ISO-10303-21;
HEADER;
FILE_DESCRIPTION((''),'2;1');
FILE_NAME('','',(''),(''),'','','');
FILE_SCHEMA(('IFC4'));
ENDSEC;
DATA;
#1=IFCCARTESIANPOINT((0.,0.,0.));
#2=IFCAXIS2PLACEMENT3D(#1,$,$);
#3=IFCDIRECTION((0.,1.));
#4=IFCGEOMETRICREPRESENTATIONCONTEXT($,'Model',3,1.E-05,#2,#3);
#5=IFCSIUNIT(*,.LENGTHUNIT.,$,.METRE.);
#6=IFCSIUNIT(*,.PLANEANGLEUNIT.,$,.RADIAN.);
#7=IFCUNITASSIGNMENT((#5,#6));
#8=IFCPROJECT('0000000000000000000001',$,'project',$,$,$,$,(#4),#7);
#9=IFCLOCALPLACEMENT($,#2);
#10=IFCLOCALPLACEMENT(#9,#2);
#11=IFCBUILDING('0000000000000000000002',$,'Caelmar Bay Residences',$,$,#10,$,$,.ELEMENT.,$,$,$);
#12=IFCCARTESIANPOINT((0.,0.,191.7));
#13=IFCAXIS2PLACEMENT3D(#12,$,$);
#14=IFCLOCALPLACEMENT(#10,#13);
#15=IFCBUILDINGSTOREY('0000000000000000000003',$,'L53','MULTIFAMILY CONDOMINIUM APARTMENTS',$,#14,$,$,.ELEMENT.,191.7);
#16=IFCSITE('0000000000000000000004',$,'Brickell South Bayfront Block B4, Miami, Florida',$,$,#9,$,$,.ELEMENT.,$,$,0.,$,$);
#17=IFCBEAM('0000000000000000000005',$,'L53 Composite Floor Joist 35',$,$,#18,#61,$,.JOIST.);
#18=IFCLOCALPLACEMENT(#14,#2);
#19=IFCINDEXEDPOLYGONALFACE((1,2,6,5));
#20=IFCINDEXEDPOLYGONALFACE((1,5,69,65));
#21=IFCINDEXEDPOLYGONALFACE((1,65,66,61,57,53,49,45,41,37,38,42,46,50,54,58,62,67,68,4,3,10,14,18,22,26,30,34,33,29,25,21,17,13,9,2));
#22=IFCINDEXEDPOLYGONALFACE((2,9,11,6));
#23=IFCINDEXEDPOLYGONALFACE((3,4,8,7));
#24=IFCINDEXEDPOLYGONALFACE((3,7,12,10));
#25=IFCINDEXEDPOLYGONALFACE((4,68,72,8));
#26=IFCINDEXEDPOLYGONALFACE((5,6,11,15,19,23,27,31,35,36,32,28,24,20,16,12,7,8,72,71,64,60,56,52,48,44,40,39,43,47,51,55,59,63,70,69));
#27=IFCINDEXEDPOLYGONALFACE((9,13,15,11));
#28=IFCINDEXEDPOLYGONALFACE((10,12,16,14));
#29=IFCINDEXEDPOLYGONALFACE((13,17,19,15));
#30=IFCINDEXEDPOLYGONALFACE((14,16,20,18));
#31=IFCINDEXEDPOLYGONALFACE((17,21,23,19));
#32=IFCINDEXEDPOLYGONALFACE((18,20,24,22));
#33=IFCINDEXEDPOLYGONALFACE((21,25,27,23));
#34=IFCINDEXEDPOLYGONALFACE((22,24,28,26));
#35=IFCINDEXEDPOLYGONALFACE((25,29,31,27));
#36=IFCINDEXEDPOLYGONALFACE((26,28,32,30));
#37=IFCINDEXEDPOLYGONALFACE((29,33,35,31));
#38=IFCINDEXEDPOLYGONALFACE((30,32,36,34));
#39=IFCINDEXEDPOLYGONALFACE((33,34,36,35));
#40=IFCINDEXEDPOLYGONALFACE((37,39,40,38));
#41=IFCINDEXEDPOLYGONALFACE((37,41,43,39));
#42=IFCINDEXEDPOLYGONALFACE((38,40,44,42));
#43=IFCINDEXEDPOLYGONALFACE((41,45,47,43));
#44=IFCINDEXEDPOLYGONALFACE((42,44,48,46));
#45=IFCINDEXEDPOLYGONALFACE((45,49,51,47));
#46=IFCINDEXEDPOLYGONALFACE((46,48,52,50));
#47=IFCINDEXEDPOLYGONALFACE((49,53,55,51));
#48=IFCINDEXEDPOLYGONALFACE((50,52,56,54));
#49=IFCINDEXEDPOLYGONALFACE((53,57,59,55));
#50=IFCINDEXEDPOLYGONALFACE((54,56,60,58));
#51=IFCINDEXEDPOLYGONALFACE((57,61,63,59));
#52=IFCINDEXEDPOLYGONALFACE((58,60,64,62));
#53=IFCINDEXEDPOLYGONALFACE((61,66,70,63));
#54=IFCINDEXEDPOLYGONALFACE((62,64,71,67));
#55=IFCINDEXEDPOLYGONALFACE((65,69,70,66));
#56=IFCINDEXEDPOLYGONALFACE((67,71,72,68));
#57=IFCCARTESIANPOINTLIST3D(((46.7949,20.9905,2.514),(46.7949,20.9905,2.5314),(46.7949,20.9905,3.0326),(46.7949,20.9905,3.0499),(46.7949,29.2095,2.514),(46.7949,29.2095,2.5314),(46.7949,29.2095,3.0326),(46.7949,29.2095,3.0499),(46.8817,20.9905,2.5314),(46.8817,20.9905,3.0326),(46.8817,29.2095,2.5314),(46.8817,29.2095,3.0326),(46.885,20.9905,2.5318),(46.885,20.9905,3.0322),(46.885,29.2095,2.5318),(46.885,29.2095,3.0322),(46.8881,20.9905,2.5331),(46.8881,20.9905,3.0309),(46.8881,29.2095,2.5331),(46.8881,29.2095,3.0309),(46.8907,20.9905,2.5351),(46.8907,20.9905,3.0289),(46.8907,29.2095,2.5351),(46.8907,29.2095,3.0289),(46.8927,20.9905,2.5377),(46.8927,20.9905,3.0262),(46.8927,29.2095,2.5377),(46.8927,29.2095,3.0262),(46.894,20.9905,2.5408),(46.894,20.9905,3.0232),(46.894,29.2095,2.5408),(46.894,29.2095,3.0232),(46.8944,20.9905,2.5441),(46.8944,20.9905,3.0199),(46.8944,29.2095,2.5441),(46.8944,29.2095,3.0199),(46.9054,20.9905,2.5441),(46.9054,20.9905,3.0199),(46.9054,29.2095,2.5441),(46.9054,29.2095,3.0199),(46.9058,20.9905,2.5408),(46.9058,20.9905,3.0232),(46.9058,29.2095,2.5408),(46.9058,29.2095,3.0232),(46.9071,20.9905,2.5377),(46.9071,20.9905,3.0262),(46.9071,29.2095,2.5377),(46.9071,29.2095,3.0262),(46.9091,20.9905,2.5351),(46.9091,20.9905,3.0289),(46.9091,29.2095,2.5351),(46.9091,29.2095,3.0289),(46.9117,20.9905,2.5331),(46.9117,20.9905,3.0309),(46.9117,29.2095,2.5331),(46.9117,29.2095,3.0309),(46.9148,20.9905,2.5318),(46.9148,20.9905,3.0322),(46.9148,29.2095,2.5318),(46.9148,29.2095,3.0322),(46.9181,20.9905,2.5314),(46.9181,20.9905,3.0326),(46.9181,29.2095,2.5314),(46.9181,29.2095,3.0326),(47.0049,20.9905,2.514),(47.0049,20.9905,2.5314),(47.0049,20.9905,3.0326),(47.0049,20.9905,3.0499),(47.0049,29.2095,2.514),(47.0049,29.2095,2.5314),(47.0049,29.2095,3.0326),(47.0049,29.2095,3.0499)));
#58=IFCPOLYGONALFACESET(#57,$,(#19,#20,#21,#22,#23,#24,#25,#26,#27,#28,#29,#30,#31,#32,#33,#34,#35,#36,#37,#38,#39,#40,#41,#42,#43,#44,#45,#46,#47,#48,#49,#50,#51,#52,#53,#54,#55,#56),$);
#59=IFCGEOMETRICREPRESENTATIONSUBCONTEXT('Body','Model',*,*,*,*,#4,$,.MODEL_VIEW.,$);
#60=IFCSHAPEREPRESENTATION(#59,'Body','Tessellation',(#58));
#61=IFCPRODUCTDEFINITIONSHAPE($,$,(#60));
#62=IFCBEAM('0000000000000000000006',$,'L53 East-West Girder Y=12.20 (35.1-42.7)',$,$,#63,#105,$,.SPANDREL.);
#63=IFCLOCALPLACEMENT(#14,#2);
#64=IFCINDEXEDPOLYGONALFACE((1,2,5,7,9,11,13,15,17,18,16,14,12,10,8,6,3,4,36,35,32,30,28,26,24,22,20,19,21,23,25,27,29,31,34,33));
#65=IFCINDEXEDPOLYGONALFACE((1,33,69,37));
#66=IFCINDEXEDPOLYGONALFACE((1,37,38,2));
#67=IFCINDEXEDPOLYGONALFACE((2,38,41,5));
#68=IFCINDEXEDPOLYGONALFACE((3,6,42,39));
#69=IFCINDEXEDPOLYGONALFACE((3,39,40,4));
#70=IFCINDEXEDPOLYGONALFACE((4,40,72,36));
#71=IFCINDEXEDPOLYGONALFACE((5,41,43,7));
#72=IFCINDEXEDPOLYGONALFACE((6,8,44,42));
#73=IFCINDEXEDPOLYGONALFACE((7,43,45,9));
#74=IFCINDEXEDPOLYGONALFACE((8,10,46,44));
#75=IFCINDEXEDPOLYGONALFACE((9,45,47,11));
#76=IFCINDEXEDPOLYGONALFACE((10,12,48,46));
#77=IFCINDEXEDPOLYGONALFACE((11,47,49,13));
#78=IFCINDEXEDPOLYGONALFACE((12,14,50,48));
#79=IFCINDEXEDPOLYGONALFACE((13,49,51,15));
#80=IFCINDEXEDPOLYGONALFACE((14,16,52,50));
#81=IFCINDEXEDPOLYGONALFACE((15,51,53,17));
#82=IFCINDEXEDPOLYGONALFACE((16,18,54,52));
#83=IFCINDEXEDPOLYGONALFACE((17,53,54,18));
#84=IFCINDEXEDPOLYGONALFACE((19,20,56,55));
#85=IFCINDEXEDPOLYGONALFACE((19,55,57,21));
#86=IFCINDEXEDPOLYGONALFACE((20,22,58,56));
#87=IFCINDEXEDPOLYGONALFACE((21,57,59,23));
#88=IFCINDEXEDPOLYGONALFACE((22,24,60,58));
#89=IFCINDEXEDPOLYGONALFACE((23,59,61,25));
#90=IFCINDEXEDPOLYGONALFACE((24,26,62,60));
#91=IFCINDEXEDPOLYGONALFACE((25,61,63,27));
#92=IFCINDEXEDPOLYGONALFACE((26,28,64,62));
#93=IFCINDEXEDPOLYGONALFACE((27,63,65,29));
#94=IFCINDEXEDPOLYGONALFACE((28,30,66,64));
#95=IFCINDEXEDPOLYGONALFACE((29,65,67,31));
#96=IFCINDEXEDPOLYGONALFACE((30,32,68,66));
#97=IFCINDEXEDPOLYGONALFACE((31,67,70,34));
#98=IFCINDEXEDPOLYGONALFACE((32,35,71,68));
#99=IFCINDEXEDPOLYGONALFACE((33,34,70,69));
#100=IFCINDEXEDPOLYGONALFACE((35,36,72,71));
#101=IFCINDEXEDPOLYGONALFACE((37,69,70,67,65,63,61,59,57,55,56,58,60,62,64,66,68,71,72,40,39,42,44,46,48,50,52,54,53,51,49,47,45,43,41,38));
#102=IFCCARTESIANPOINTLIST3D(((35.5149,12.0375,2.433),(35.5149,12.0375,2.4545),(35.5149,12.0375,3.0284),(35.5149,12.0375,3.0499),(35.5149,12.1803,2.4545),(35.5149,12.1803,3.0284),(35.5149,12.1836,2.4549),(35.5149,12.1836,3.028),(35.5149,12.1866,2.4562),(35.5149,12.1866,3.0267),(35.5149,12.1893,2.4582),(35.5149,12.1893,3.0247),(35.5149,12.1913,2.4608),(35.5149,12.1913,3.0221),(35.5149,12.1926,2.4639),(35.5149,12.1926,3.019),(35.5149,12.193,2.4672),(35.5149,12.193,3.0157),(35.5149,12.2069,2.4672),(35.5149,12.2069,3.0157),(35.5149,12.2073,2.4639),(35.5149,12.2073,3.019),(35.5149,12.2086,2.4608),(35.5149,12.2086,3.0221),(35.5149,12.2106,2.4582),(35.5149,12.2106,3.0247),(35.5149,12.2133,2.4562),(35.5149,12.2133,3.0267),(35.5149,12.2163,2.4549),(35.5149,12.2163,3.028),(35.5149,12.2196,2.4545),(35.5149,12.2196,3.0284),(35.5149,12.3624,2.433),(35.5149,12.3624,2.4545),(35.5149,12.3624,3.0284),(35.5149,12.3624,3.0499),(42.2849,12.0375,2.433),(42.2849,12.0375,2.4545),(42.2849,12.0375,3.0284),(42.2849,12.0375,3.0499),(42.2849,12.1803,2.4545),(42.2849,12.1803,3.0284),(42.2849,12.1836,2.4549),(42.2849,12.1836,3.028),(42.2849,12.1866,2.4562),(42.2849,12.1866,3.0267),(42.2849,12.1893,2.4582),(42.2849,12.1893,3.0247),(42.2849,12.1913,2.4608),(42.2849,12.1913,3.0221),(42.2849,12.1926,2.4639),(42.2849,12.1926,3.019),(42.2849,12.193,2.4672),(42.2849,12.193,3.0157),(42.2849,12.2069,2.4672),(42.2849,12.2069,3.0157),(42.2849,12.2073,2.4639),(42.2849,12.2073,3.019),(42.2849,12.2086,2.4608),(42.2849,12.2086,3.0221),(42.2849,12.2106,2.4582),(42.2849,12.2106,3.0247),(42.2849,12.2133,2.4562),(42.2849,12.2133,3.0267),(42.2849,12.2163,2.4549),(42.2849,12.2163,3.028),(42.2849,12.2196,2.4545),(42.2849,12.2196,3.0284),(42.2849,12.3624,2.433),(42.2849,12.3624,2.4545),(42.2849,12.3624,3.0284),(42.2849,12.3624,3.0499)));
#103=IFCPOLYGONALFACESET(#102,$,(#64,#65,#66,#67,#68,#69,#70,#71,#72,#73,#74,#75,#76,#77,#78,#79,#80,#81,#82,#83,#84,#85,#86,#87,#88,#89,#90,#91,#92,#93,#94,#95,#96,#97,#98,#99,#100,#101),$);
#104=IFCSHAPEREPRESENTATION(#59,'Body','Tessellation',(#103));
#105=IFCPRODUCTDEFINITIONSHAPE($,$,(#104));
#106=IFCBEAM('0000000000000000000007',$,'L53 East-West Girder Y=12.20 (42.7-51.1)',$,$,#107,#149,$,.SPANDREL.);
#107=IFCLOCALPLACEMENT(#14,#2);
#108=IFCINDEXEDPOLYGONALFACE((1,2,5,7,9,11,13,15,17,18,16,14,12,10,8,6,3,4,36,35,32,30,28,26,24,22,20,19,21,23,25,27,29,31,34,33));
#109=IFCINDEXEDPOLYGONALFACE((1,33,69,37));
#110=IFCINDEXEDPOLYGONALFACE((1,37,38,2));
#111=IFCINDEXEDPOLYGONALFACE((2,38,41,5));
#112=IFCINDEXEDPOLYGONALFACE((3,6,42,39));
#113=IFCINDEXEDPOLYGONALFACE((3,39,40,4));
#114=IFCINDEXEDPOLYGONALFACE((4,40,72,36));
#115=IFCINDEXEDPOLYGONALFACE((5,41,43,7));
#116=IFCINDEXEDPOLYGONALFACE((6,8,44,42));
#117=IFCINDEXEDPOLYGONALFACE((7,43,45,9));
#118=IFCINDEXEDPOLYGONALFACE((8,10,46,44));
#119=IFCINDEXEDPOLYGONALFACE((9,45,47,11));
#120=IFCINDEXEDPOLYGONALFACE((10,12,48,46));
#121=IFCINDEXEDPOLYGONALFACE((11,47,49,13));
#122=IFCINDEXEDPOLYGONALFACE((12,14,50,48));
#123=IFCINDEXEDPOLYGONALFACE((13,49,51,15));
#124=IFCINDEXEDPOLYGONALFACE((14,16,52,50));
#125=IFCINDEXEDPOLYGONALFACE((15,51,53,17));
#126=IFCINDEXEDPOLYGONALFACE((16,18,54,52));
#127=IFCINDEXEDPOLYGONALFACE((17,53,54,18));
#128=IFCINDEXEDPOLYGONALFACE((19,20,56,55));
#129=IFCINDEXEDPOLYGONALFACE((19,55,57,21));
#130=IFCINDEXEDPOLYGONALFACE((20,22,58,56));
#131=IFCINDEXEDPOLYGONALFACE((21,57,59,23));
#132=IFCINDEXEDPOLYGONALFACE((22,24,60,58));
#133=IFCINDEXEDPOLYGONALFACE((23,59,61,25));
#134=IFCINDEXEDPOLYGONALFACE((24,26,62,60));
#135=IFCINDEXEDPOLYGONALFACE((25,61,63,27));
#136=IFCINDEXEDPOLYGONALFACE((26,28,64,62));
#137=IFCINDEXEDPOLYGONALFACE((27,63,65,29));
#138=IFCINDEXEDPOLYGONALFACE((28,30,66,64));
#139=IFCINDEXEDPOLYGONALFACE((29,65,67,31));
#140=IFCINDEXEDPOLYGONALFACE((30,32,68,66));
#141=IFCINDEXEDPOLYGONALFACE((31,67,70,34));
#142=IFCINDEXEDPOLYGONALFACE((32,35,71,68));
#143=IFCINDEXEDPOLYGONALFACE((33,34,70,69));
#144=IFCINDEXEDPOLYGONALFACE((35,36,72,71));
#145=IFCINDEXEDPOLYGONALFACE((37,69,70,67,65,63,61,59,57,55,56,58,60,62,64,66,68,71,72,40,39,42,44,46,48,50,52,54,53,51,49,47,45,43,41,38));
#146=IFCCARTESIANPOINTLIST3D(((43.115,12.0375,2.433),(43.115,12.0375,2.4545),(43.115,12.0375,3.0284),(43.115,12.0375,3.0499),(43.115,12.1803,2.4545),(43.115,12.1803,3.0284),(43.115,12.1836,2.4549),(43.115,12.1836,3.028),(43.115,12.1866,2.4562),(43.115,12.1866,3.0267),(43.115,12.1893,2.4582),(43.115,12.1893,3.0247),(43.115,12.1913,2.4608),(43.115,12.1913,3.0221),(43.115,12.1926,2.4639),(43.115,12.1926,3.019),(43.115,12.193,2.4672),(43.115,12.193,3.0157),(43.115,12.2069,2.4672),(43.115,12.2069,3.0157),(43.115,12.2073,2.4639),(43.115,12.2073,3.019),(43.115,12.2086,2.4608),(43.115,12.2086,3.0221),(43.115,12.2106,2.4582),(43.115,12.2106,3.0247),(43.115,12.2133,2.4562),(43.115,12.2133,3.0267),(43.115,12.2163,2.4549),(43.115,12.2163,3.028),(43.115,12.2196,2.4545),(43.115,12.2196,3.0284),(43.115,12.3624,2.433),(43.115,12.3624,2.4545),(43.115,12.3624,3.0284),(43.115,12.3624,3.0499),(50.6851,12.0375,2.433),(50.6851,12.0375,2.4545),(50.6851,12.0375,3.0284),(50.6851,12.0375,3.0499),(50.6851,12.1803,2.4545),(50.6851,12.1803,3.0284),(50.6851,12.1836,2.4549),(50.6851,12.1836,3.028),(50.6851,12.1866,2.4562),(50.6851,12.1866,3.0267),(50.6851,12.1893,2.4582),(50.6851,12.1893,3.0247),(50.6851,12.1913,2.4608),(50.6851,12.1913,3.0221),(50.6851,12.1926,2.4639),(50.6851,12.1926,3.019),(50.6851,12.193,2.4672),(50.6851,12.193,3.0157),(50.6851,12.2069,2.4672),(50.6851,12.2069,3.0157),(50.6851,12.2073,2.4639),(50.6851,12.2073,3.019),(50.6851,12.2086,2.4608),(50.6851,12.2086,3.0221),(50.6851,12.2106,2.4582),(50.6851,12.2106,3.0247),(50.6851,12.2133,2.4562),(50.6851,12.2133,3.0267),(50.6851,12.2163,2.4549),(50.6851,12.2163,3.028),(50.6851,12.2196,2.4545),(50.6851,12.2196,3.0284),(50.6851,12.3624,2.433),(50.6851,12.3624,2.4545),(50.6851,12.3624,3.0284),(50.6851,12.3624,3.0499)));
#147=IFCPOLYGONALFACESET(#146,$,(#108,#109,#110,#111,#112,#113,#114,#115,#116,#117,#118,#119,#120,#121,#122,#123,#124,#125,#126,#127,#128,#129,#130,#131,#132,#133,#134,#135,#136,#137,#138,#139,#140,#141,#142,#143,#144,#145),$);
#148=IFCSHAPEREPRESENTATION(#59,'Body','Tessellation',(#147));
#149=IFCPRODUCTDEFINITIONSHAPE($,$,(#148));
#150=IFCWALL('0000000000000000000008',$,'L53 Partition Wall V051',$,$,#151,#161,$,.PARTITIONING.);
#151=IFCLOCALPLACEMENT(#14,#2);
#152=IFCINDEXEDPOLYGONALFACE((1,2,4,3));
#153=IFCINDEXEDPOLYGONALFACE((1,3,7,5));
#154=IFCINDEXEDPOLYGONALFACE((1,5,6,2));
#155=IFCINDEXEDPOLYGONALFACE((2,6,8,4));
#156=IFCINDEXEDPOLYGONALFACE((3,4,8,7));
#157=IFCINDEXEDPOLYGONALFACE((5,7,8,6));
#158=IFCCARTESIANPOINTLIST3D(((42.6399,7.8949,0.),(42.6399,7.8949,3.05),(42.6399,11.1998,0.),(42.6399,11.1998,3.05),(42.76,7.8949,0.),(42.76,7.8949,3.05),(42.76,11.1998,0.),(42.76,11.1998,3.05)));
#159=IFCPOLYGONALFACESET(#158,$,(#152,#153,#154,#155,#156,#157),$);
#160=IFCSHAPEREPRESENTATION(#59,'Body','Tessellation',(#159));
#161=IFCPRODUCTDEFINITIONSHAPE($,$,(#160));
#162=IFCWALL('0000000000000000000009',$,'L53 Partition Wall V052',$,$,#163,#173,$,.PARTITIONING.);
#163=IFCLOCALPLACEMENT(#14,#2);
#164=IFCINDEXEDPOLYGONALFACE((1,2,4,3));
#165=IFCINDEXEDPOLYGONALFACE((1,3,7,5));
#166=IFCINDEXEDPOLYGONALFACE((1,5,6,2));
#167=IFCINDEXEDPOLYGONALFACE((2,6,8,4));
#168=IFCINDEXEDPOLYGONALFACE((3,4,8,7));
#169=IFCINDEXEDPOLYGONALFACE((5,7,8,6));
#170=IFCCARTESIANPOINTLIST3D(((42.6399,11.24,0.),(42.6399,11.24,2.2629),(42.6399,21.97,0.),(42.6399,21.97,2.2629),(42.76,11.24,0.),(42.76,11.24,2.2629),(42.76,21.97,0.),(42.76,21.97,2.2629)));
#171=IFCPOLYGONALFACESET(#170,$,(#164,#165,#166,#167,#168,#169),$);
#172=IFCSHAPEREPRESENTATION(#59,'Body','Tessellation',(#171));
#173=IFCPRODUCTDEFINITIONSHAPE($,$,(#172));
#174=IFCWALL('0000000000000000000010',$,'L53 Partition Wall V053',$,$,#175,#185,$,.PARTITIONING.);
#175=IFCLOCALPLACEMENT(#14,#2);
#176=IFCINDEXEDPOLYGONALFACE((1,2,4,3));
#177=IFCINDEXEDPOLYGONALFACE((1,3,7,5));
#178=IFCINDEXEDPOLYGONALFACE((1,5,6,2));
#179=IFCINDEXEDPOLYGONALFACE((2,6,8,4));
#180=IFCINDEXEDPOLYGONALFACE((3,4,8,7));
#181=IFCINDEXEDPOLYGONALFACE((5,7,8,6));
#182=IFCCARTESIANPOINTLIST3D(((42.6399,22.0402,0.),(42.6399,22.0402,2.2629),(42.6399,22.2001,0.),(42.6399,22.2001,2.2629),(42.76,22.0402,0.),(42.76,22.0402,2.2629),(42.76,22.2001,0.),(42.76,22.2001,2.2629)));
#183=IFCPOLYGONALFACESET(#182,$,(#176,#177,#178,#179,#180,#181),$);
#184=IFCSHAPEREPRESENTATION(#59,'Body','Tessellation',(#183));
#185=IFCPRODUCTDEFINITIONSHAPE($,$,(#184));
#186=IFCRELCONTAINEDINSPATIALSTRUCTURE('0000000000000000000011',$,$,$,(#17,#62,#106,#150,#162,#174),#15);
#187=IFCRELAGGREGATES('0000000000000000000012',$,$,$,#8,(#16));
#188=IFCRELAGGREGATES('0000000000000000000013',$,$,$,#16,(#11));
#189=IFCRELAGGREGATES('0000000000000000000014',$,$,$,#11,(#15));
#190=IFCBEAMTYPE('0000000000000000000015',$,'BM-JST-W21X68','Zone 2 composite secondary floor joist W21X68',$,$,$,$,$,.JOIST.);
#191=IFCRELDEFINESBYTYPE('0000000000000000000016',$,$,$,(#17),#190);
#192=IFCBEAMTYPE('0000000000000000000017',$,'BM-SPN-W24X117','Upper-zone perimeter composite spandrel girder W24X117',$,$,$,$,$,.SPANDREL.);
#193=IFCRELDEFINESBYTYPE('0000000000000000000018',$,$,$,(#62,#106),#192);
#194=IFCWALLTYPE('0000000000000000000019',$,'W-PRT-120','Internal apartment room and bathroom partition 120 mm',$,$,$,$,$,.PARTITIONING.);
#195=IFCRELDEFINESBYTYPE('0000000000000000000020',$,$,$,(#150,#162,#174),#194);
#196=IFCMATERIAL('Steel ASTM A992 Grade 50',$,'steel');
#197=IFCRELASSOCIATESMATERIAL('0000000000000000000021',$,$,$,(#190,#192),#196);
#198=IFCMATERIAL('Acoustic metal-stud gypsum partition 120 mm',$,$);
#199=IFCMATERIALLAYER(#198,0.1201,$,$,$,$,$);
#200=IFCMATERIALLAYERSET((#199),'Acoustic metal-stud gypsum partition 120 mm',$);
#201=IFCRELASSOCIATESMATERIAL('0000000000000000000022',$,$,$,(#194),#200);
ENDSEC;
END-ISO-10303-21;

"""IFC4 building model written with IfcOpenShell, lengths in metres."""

from ifc_helpers import new_model, si_unit, direction, frame, frame_2d, origin, origin_2d, place, context, subcontext, project, spatial, rectangle, i_section, extrude, material, layer, layer_set, material_profile, profile_set, type_object, element, save


model = new_model("IFC4")

# Units and contexts
model_context = context("Model", 3, precision=1e-05, world=origin(), true_north=direction((0.0, 1.0)))
body_context = subcontext(model_context, "Body", "Model", "MODEL_VIEW")
ifc_project = project(units=[si_unit("LENGTHUNIT", "METRE"), si_unit("PLANEANGLEUNIT", "RADIAN")], contexts=[model_context])

# Site, building, storey
site_placement = place(None, origin())
site = spatial("IfcSite", under=ifc_project, at=site_placement, Name="Brickell South Bayfront Block B4, Miami, Florida", CompositionType="ELEMENT", RefElevation=0.0)
building_placement = place(site_placement, origin())
building = spatial("IfcBuilding", under=site, at=building_placement, Name="Caelmar Bay Residences", CompositionType="ELEMENT")
storey_placement = place(building_placement, frame((0.0, 0.0, 191.7)))
storey = spatial("IfcBuildingStorey", under=building, at=storey_placement, Name="L53", Description="MULTIFAMILY CONDOMINIUM APARTMENTS", CompositionType="ELEMENT", Elevation=191.7)

# Beams
ifc_material_1 = material(Name="Steel ASTM A992 Grade 50", Category="steel")
ifc_material_profile_1 = material_profile(ifc_material_1, i_section(OverallWidth=0.21, OverallDepth=0.5359, WebThickness=0.011, FlangeThickness=0.0173, FilletRadius=0.0127, at=origin_2d()), Name="W21X68")
ifc_profile_set_1 = profile_set([ifc_material_profile_1], Name="Steel ASTM A992 Grade 50")
beam_type_1 = type_object("IfcBeamType", Name="BM-JST-W21X68", Description="Zone 2 composite secondary floor joist W21X68", PredefinedType="JOIST", material=ifc_profile_set_1)
for number, where, z_axis, x_axis, name in (
    (1, (46.8999, 20.9905, 2.782), (0.0, 1.0, 0.0), (-1.0, 0.0, 0.0), "L53 Composite Floor Joist 35"),
):
    element("IfcBeam", number, at=place(storey_placement, frame(where, z_axis=z_axis, x_axis=x_axis)), inside=storey, type_object=beam_type_1, Name=name, PredefinedType="JOIST", context=body_context, shape_type="SweptSolid", body=[
        extrude(i_section(OverallWidth=0.21, OverallDepth=0.5359, WebThickness=0.011, FlangeThickness=0.0173, FilletRadius=0.0127, at=origin_2d()), origin(), (0.0, 0.0, 1.0), 8.219),
    ])
ifc_material_profile_2 = material_profile(ifc_material_1, i_section(OverallWidth=0.325, OverallDepth=0.6169, WebThickness=0.0139, FlangeThickness=0.0215, FilletRadius=0.0127, at=origin_2d()), Name="W24X117")
ifc_profile_set_2 = profile_set([ifc_material_profile_2], Name="Steel ASTM A992 Grade 50")
beam_type_2 = type_object("IfcBeamType", Name="BM-SPN-W24X117", Description="Upper-zone perimeter composite spandrel girder W24X117", PredefinedType="SPANDREL", material=ifc_profile_set_2)
beam_1_placement = place(storey_placement, frame((35.5149, 12.2, 2.7415), z_axis=(1.0, 0.0, 0.0), x_axis=(0.0, 1.0, 0.0)))
element("IfcBeam", 2, at=beam_1_placement, inside=storey, type_object=beam_type_2, Name="L53 East-West Girder Y=12.20 (35.1-42.7)", PredefinedType="SPANDREL", context=body_context, shape_type="SweptSolid", body=[
    extrude(i_section(OverallWidth=0.325, OverallDepth=0.6169, WebThickness=0.0139, FlangeThickness=0.0215, FilletRadius=0.0127, at=origin_2d()), origin(), (0.0, 0.0, 1.0), 6.77),
])
beam_2_placement = place(storey_placement, frame((43.115, 12.2, 2.7415), z_axis=(1.0, 0.0, 0.0), x_axis=(0.0, 1.0, 0.0)))
element("IfcBeam", 3, at=beam_2_placement, inside=storey, type_object=beam_type_2, Name="L53 East-West Girder Y=12.20 (42.7-51.1)", PredefinedType="SPANDREL", context=body_context, shape_type="SweptSolid", body=[
    extrude(i_section(OverallWidth=0.325, OverallDepth=0.6169, WebThickness=0.0139, FlangeThickness=0.0215, FilletRadius=0.0127, at=origin_2d()), origin(), (0.0, 0.0, 1.0), 7.5701),
])

# Walls
ifc_material_2 = material(Name="Acoustic metal-stud gypsum partition 120 mm")
ifc_layer_1 = layer(ifc_material_2, 0.1201)
ifc_layer_set_1 = layer_set([ifc_layer_1], Name="Acoustic metal-stud gypsum partition 120 mm")
wall_type_1 = type_object("IfcWallType", Name="W-PRT-120", Description="Internal apartment room and bathroom partition 120 mm", PredefinedType="PARTITIONING", material=ifc_layer_set_1)
wall_1_placement = place(storey_placement, frame((42.7, 7.895, 0.0), z_axis=(0.0, 0.0, 1.0), x_axis=(0.0, 1.0, 0.0)))
element("IfcWall", 4, at=wall_1_placement, inside=storey, type_object=wall_type_1, Name="L53 Partition Wall V051", PredefinedType="PARTITIONING", context=body_context, shape_type="SweptSolid", body=[
    extrude(rectangle(XDim=3.3049, YDim=0.1201, at=frame_2d((1.6523, 0.0))), origin(), (0.0, 0.0, 1.0), 3.05),
])
wall_2_placement = place(storey_placement, frame((42.7, 11.24, 0.0), z_axis=(0.0, 0.0, 1.0), x_axis=(0.0, 1.0, 0.0)))
element("IfcWall", 5, at=wall_2_placement, inside=storey, type_object=wall_type_1, Name="L53 Partition Wall V052", PredefinedType="PARTITIONING", context=body_context, shape_type="SweptSolid", body=[
    extrude(rectangle(XDim=10.73, YDim=0.1201, at=frame_2d((5.365, 0.0))), origin(), (0.0, 0.0, 1.0), 2.2629),
])
wall_3_placement = place(storey_placement, frame((42.7, 22.04, 0.0), z_axis=(0.0, 0.0, 1.0), x_axis=(0.0, 1.0, 0.0)))
element("IfcWall", 6, at=wall_3_placement, inside=storey, type_object=wall_type_1, Name="L53 Partition Wall V053", PredefinedType="PARTITIONING", context=body_context, shape_type="SweptSolid", body=[
    extrude(rectangle(XDim=0.1599, YDim=0.1201, at=frame_2d((0.0801, 0.0))), origin(), (0.0, 0.0, 1.0), 2.2629),
])

save(model, "model.ifc")
